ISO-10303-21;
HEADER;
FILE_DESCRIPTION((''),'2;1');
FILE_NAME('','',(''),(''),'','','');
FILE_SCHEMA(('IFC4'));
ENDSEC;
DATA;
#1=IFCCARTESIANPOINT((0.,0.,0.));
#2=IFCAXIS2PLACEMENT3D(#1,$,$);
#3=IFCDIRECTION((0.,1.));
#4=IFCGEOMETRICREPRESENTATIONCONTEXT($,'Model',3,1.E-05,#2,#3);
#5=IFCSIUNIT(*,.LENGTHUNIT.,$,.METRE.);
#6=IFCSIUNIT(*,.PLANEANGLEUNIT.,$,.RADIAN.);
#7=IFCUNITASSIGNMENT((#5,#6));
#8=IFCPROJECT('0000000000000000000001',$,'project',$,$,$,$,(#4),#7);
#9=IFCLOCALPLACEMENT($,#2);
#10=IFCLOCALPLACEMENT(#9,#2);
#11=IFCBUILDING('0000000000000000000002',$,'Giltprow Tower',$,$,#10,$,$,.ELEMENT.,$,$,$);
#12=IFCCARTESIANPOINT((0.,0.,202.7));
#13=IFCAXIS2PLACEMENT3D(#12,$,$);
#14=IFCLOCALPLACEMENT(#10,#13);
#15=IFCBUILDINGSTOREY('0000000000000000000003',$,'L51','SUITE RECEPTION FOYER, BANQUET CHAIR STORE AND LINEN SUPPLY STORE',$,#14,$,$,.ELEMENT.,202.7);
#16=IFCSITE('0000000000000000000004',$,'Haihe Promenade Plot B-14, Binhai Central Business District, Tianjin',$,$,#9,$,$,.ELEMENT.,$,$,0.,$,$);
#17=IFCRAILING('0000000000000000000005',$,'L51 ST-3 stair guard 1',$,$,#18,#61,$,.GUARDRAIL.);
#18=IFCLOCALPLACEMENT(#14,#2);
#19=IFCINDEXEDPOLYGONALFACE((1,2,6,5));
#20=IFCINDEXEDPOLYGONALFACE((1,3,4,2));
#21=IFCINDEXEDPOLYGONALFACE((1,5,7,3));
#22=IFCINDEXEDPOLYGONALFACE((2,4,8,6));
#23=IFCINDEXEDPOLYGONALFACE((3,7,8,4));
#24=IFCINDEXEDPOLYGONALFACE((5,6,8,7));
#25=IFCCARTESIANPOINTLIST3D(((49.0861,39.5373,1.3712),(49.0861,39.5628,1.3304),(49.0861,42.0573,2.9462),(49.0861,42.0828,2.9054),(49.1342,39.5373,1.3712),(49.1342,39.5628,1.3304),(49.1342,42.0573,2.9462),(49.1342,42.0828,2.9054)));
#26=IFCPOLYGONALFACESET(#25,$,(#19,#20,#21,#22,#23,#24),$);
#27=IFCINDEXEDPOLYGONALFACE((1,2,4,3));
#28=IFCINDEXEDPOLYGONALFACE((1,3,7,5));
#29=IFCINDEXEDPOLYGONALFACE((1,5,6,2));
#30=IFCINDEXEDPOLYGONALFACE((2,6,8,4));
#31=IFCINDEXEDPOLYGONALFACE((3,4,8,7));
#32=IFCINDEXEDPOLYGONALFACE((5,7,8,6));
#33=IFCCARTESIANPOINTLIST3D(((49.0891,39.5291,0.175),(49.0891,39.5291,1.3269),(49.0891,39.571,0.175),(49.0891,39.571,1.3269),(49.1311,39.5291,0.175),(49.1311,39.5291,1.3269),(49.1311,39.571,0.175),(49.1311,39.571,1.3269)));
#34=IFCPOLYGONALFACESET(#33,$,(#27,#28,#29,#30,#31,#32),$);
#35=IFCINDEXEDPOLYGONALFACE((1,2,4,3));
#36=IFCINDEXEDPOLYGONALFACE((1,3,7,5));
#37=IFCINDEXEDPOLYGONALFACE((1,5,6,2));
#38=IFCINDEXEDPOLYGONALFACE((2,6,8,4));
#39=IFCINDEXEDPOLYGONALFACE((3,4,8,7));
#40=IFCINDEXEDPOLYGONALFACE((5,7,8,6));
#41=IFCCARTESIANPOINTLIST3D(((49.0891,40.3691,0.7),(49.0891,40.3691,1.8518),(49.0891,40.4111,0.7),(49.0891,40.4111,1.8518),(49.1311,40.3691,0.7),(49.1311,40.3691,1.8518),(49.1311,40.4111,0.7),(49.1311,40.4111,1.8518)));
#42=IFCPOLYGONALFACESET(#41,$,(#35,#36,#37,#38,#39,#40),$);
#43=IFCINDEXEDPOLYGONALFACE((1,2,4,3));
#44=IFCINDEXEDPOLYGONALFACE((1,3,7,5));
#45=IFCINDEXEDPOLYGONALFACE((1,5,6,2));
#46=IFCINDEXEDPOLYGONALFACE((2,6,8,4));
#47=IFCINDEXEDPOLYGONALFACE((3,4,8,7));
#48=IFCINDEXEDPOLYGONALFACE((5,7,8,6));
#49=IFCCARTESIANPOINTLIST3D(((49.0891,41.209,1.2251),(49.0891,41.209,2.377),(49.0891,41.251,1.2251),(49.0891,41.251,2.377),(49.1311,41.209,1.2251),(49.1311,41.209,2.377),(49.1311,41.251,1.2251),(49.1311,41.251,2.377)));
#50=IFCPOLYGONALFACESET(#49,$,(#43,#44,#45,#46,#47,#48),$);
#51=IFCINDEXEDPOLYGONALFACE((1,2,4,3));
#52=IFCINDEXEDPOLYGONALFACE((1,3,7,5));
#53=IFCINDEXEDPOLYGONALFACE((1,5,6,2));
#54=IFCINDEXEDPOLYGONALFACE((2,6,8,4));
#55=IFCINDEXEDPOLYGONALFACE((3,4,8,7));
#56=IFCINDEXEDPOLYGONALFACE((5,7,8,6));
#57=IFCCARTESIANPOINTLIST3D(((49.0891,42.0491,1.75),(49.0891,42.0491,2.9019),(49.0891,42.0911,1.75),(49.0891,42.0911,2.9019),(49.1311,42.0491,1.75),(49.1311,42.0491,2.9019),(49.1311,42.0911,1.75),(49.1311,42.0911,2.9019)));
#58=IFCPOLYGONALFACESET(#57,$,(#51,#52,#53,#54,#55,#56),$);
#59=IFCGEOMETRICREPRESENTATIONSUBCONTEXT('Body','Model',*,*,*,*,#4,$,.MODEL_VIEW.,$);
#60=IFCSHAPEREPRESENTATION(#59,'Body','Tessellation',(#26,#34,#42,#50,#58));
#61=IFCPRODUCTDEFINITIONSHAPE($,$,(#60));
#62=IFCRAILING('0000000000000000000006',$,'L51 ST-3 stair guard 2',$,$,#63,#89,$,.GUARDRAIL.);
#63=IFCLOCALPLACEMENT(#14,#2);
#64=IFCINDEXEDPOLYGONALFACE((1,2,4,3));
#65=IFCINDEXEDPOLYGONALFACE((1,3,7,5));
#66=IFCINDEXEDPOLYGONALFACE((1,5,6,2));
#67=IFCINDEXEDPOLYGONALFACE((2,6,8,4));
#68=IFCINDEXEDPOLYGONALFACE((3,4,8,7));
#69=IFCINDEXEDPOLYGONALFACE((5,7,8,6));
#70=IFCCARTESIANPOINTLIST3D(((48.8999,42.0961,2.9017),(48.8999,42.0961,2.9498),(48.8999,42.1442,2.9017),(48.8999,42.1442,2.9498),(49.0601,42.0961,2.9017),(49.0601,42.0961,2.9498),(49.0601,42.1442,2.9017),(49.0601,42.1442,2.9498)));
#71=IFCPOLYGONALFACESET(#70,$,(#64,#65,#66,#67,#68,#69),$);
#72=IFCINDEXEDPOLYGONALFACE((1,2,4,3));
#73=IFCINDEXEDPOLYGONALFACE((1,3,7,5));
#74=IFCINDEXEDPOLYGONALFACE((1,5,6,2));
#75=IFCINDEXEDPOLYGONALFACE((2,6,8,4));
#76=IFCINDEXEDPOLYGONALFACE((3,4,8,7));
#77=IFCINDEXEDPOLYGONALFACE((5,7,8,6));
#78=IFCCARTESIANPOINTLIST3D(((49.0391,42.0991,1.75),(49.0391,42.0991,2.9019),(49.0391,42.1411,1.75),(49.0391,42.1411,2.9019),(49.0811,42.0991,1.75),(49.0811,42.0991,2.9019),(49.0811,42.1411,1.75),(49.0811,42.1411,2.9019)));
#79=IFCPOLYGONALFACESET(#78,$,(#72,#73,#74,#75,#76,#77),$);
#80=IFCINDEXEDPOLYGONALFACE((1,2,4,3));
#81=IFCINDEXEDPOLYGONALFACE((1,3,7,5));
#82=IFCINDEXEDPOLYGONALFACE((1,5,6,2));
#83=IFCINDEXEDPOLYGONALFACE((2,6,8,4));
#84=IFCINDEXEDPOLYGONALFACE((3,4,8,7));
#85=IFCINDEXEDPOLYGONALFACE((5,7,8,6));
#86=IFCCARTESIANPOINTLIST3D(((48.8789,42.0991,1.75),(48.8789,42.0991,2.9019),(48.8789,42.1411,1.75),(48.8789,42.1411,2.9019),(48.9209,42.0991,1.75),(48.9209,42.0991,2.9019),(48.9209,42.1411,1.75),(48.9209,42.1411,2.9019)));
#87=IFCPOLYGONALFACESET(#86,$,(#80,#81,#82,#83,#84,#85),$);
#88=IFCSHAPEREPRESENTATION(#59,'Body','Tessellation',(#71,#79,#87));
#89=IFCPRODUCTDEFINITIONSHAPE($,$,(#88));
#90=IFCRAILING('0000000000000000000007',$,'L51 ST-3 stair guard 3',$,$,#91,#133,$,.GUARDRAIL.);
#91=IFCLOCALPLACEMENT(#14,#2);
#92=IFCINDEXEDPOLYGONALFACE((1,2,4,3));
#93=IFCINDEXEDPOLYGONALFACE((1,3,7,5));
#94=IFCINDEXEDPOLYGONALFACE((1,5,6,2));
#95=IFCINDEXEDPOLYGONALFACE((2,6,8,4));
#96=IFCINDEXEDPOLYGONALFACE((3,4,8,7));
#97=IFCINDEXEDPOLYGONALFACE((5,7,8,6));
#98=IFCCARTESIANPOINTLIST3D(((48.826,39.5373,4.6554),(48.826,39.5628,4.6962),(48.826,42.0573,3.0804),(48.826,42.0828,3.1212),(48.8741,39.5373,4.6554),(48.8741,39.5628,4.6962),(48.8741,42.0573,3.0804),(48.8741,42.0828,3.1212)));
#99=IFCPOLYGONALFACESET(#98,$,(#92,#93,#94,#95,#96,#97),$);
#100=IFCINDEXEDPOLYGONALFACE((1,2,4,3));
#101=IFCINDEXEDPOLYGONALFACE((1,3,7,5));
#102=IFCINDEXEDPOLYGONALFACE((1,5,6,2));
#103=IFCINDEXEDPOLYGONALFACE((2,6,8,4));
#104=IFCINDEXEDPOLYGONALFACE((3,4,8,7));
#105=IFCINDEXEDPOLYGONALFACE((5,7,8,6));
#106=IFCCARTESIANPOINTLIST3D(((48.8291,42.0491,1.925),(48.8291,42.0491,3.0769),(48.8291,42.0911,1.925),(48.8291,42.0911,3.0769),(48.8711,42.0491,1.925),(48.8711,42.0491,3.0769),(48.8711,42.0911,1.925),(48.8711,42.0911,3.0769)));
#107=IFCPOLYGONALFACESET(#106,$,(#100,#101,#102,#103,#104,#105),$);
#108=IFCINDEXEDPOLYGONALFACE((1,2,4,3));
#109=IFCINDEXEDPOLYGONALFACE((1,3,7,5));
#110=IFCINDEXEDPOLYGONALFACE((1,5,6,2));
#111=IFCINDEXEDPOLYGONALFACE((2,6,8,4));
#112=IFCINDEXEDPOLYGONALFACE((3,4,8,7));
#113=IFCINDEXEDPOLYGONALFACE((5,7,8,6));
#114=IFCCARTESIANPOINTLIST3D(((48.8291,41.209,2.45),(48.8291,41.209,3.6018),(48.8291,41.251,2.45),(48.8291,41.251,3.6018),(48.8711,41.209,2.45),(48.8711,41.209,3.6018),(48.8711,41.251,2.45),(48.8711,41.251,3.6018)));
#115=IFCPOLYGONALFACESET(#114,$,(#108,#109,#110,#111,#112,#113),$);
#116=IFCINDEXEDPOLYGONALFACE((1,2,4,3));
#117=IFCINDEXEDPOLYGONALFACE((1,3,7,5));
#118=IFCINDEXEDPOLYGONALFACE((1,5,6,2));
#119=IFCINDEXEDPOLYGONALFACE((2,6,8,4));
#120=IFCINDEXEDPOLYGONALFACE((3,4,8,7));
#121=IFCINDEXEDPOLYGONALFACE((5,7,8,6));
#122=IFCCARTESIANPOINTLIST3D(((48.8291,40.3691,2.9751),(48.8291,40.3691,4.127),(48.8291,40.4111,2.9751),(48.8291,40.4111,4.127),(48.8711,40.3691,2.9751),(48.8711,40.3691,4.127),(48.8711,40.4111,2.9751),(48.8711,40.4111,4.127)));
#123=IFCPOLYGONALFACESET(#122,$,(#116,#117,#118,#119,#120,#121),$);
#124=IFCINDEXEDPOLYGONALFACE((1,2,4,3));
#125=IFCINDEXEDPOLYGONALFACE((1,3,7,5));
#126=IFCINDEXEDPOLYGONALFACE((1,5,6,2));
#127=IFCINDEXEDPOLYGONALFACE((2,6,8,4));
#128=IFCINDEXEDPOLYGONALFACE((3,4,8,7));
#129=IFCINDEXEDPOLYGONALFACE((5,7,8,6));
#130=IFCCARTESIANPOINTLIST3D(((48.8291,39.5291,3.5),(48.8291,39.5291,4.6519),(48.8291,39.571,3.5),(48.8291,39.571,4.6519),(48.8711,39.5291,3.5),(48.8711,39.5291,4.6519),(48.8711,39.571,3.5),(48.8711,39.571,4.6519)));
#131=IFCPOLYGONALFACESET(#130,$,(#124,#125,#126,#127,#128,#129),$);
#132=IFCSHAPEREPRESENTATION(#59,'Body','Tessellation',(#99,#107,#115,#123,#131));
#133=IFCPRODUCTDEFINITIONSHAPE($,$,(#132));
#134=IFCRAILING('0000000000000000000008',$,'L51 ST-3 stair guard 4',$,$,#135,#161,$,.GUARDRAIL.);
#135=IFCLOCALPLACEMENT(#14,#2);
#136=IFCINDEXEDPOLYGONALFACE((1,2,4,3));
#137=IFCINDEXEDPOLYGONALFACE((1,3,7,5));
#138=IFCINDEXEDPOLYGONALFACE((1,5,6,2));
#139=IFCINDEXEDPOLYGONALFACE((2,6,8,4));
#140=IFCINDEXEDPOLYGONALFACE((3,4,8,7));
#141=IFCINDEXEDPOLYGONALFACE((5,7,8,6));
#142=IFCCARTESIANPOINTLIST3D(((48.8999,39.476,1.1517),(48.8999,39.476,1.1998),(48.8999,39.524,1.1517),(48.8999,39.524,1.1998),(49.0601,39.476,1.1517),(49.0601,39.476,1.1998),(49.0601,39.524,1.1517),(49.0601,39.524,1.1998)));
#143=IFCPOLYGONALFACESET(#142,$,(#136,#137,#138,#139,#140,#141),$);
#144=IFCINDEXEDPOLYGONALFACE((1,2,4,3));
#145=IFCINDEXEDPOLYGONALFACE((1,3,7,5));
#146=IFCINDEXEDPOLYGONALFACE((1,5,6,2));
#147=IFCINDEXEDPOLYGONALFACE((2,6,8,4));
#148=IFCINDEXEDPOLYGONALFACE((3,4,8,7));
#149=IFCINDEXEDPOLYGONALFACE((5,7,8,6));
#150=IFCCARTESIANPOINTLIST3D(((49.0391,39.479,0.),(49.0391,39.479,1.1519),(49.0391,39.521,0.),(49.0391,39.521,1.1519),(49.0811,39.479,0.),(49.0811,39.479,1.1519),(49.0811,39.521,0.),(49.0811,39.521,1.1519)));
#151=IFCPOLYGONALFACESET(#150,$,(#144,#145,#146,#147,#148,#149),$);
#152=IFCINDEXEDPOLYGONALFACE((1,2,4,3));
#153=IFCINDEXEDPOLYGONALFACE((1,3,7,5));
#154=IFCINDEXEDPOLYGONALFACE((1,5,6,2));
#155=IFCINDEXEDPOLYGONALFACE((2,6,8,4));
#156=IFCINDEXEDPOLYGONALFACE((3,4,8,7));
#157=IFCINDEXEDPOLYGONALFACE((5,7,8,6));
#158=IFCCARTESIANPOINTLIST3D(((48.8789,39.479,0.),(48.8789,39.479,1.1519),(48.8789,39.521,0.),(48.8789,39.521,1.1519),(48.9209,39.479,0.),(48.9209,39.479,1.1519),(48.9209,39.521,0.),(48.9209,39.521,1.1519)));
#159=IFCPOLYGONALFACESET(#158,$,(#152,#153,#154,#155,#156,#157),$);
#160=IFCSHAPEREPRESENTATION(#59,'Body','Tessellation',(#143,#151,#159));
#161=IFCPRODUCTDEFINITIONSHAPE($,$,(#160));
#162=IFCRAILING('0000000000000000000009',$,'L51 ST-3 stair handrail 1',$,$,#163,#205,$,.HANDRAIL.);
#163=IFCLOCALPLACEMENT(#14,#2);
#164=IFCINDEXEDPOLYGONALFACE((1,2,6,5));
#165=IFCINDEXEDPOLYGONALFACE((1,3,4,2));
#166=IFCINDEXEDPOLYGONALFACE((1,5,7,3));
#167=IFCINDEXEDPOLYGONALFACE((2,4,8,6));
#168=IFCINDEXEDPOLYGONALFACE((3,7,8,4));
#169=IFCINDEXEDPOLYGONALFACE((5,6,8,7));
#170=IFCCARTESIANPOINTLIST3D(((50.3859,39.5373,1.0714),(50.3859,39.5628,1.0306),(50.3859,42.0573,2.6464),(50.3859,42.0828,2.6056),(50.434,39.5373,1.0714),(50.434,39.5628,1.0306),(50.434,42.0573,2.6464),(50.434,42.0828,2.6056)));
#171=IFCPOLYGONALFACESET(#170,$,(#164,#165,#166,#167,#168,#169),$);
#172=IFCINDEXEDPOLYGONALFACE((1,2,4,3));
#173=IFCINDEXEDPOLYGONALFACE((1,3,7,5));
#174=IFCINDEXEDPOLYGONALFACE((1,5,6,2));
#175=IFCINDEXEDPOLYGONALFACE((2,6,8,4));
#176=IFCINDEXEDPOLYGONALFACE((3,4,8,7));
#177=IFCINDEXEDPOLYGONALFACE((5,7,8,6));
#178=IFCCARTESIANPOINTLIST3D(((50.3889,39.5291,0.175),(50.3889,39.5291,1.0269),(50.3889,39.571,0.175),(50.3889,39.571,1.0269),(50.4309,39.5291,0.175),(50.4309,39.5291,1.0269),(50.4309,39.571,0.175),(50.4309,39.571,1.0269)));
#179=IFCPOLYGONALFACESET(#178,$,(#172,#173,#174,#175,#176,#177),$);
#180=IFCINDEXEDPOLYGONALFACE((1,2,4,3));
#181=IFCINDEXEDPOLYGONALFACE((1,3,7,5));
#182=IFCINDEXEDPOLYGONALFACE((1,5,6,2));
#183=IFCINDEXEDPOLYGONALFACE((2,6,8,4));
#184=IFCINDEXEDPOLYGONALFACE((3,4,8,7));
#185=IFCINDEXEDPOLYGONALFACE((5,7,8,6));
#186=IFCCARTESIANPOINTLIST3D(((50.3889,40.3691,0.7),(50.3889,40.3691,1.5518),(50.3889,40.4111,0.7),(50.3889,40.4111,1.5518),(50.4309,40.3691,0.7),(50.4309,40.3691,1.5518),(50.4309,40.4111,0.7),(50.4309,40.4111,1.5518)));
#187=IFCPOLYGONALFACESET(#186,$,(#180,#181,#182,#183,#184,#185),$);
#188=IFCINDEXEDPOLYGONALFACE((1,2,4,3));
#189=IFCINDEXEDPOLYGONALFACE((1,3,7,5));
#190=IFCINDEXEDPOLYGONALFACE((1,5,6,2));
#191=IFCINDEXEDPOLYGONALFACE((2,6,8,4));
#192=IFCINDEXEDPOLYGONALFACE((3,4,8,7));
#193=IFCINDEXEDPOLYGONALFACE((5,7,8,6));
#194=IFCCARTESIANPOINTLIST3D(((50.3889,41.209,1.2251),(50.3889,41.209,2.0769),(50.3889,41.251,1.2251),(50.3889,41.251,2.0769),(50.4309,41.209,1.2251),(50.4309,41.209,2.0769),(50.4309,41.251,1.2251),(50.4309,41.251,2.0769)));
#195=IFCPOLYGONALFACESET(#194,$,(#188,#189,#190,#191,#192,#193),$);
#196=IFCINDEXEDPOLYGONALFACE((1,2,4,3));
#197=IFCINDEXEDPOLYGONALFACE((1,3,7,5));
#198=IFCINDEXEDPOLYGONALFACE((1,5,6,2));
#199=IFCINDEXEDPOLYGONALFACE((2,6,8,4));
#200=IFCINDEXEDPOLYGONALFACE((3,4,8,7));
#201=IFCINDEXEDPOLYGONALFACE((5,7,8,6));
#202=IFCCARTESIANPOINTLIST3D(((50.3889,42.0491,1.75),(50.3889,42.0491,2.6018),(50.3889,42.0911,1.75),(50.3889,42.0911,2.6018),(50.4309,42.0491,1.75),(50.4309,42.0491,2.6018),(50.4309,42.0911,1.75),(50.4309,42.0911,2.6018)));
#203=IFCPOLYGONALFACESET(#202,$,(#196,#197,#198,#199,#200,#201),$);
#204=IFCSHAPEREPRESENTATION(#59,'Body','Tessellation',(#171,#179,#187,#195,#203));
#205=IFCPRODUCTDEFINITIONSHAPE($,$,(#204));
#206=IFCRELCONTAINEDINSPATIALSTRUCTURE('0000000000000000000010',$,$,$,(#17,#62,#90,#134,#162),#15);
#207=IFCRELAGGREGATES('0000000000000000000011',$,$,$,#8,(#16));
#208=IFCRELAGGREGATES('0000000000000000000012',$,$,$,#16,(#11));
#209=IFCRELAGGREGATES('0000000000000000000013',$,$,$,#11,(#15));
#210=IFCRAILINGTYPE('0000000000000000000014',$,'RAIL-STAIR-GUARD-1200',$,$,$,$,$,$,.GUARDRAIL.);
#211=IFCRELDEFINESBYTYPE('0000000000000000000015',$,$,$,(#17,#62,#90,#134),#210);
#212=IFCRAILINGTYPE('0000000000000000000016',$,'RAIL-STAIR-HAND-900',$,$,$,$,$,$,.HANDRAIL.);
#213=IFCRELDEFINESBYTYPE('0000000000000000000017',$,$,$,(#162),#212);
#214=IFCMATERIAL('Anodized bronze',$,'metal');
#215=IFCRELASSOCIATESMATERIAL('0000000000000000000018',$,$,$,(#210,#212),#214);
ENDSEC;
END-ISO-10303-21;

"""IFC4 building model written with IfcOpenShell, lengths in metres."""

from ifc_helpers import new_model, si_unit, direction, frame, origin, origin_2d, place, context, subcontext, project, spatial, rectangle, extrude, material, type_object, element, save


model = new_model("IFC4")

# Units and contexts
model_context = context("Model", 3, precision=1e-05, world=origin(), true_north=direction((0.0, 1.0)))
body_context = subcontext(model_context, "Body", "Model", "MODEL_VIEW")
ifc_project = project(units=[si_unit("LENGTHUNIT", "METRE"), si_unit("PLANEANGLEUNIT", "RADIAN")], contexts=[model_context])

# Site, building, storey
site_placement = place(None, origin())
site = spatial("IfcSite", under=ifc_project, at=site_placement, Name="Haihe Promenade Plot B-14, Binhai Central Business District, Tianjin", CompositionType="ELEMENT", RefElevation=0.0)
building_placement = place(site_placement, origin())
building = spatial("IfcBuilding", under=site, at=building_placement, Name="Giltprow Tower", CompositionType="ELEMENT")
storey_placement = place(building_placement, frame((0.0, 0.0, 202.7)))
storey = spatial("IfcBuildingStorey", under=building, at=storey_placement, Name="L51", Description="SUITE RECEPTION FOYER, BANQUET CHAIR STORE AND LINEN SUPPLY STORE", CompositionType="ELEMENT", Elevation=202.7)

# Railings
ifc_material_1 = material(Name="Anodized bronze", Category="metal")
railing_type_1 = type_object("IfcRailingType", Name="RAIL-STAIR-GUARD-1200", PredefinedType="GUARDRAIL", material=ifc_material_1)
railing_1_placement = place(storey_placement, frame((49.1101, 39.55, 0.175)))
element("IfcRailing", 1, at=railing_1_placement, inside=storey, type_object=railing_type_1, Name="L51 ST-3 stair guard 1", PredefinedType="GUARDRAIL", context=body_context, shape_type="SweptSolid", body=[
    extrude(rectangle(XDim=0.0481, YDim=0.0481, at=origin_2d()), frame((0.0, 0.0, 1.1758), z_axis=(0.0, 0.848008, 0.529984), x_axis=(-1.0, 0.0, 0.0)), (0.0, 0.0, 1.0), 2.9717),
    extrude(rectangle(XDim=0.042, YDim=0.042, at=origin_2d()), origin(), (0.0, 0.0, 1.0), 1.1519),
    extrude(rectangle(XDim=0.042, YDim=0.042, at=origin_2d()), frame((0.0, 0.8401, 0.5249)), (0.0, 0.0, 1.0), 1.1519),
    extrude(rectangle(XDim=0.042, YDim=0.042, at=origin_2d()), frame((0.0, 1.6799, 1.05)), (0.0, 0.0, 1.0), 1.1519),
    extrude(rectangle(XDim=0.042, YDim=0.042, at=origin_2d()), frame((0.0, 2.52, 1.575)), (0.0, 0.0, 1.0), 1.1519),
])
railing_2_placement = place(storey_placement, frame((49.0601, 42.1201, 1.75)))
element("IfcRailing", 2, at=railing_2_placement, inside=storey, type_object=railing_type_1, Name="L51 ST-3 stair guard 2", PredefinedType="GUARDRAIL", context=body_context, shape_type="SweptSolid", body=[
    extrude(rectangle(XDim=0.0481, YDim=0.0481, at=origin_2d()), frame((0.0, 0.0, 1.1758), z_axis=(-1.0, 0.0, 0.0), x_axis=(0.0, -1.0, 0.0)), (0.0, 0.0, 1.0), 0.1602),
    extrude(rectangle(XDim=0.042, YDim=0.042, at=origin_2d()), origin(), (0.0, 0.0, 1.0), 1.1519),
    extrude(rectangle(XDim=0.042, YDim=0.042, at=origin_2d()), frame((-0.1602, 0.0, 0.0)), (0.0, 0.0, 1.0), 1.1519),
])
railing_3_placement = place(storey_placement, frame((48.8501, 42.0701, 1.925)))
element("IfcRailing", 3, at=railing_3_placement, inside=storey, type_object=railing_type_1, Name="L51 ST-3 stair guard 3", PredefinedType="GUARDRAIL", context=body_context, shape_type="SweptSolid", body=[
    extrude(rectangle(XDim=0.0481, YDim=0.0481, at=origin_2d()), frame((0.0, 0.0, 1.1758), z_axis=(0.0, -0.848008, 0.529984), x_axis=(1.0, 0.0, 0.0)), (0.0, 0.0, 1.0), 2.9717),
    extrude(rectangle(XDim=0.042, YDim=0.042, at=origin_2d()), origin(), (0.0, 0.0, 1.0), 1.1519),
    extrude(rectangle(XDim=0.042, YDim=0.042, at=origin_2d()), frame((0.0, -0.8401, 0.5249)), (0.0, 0.0, 1.0), 1.1519),
    extrude(rectangle(XDim=0.042, YDim=0.042, at=origin_2d()), frame((0.0, -1.6799, 1.05)), (0.0, 0.0, 1.0), 1.1519),
    extrude(rectangle(XDim=0.042, YDim=0.042, at=origin_2d()), frame((0.0, -2.52, 1.575)), (0.0, 0.0, 1.0), 1.1519),
])
railing_4_placement = place(storey_placement, frame((49.0601, 39.5, 0.0)))
element("IfcRailing", 4, at=railing_4_placement, inside=storey, type_object=railing_type_1, Name="L51 ST-3 stair guard 4", PredefinedType="GUARDRAIL", context=body_context, shape_type="SweptSolid", body=[
    extrude(rectangle(XDim=0.0481, YDim=0.0481, at=origin_2d()), frame((0.0, 0.0, 1.1758), z_axis=(-1.0, 0.0, 0.0), x_axis=(0.0, -1.0, 0.0)), (0.0, 0.0, 1.0), 0.1602),
    extrude(rectangle(XDim=0.042, YDim=0.042, at=origin_2d()), origin(), (0.0, 0.0, 1.0), 1.1519),
    extrude(rectangle(XDim=0.042, YDim=0.042, at=origin_2d()), frame((-0.1602, 0.0, 0.0)), (0.0, 0.0, 1.0), 1.1519),
])
railing_type_2 = type_object("IfcRailingType", Name="RAIL-STAIR-HAND-900", PredefinedType="HANDRAIL", material=ifc_material_1)
railing_5_placement = place(storey_placement, frame((50.4099, 39.55, 0.175)))
element("IfcRailing", 5, at=railing_5_placement, inside=storey, type_object=railing_type_2, Name="L51 ST-3 stair handrail 1", PredefinedType="HANDRAIL", context=body_context, shape_type="SweptSolid", body=[
    extrude(rectangle(XDim=0.0481, YDim=0.0481, at=origin_2d()), frame((0.0, 0.0, 0.876), z_axis=(0.0, 0.848008, 0.529984), x_axis=(-1.0, 0.0, 0.0)), (0.0, 0.0, 1.0), 2.9717),
    extrude(rectangle(XDim=0.042, YDim=0.042, at=origin_2d()), origin(), (0.0, 0.0, 1.0), 0.8518),
    extrude(rectangle(XDim=0.042, YDim=0.042, at=origin_2d()), frame((0.0, 0.8401, 0.5249)), (0.0, 0.0, 1.0), 0.8518),
    extrude(rectangle(XDim=0.042, YDim=0.042, at=origin_2d()), frame((0.0, 1.6799, 1.05)), (0.0, 0.0, 1.0), 0.8518),
    extrude(rectangle(XDim=0.042, YDim=0.042, at=origin_2d()), frame((0.0, 2.52, 1.575)), (0.0, 0.0, 1.0), 0.8518),
])

save(model, "model.ifc")
